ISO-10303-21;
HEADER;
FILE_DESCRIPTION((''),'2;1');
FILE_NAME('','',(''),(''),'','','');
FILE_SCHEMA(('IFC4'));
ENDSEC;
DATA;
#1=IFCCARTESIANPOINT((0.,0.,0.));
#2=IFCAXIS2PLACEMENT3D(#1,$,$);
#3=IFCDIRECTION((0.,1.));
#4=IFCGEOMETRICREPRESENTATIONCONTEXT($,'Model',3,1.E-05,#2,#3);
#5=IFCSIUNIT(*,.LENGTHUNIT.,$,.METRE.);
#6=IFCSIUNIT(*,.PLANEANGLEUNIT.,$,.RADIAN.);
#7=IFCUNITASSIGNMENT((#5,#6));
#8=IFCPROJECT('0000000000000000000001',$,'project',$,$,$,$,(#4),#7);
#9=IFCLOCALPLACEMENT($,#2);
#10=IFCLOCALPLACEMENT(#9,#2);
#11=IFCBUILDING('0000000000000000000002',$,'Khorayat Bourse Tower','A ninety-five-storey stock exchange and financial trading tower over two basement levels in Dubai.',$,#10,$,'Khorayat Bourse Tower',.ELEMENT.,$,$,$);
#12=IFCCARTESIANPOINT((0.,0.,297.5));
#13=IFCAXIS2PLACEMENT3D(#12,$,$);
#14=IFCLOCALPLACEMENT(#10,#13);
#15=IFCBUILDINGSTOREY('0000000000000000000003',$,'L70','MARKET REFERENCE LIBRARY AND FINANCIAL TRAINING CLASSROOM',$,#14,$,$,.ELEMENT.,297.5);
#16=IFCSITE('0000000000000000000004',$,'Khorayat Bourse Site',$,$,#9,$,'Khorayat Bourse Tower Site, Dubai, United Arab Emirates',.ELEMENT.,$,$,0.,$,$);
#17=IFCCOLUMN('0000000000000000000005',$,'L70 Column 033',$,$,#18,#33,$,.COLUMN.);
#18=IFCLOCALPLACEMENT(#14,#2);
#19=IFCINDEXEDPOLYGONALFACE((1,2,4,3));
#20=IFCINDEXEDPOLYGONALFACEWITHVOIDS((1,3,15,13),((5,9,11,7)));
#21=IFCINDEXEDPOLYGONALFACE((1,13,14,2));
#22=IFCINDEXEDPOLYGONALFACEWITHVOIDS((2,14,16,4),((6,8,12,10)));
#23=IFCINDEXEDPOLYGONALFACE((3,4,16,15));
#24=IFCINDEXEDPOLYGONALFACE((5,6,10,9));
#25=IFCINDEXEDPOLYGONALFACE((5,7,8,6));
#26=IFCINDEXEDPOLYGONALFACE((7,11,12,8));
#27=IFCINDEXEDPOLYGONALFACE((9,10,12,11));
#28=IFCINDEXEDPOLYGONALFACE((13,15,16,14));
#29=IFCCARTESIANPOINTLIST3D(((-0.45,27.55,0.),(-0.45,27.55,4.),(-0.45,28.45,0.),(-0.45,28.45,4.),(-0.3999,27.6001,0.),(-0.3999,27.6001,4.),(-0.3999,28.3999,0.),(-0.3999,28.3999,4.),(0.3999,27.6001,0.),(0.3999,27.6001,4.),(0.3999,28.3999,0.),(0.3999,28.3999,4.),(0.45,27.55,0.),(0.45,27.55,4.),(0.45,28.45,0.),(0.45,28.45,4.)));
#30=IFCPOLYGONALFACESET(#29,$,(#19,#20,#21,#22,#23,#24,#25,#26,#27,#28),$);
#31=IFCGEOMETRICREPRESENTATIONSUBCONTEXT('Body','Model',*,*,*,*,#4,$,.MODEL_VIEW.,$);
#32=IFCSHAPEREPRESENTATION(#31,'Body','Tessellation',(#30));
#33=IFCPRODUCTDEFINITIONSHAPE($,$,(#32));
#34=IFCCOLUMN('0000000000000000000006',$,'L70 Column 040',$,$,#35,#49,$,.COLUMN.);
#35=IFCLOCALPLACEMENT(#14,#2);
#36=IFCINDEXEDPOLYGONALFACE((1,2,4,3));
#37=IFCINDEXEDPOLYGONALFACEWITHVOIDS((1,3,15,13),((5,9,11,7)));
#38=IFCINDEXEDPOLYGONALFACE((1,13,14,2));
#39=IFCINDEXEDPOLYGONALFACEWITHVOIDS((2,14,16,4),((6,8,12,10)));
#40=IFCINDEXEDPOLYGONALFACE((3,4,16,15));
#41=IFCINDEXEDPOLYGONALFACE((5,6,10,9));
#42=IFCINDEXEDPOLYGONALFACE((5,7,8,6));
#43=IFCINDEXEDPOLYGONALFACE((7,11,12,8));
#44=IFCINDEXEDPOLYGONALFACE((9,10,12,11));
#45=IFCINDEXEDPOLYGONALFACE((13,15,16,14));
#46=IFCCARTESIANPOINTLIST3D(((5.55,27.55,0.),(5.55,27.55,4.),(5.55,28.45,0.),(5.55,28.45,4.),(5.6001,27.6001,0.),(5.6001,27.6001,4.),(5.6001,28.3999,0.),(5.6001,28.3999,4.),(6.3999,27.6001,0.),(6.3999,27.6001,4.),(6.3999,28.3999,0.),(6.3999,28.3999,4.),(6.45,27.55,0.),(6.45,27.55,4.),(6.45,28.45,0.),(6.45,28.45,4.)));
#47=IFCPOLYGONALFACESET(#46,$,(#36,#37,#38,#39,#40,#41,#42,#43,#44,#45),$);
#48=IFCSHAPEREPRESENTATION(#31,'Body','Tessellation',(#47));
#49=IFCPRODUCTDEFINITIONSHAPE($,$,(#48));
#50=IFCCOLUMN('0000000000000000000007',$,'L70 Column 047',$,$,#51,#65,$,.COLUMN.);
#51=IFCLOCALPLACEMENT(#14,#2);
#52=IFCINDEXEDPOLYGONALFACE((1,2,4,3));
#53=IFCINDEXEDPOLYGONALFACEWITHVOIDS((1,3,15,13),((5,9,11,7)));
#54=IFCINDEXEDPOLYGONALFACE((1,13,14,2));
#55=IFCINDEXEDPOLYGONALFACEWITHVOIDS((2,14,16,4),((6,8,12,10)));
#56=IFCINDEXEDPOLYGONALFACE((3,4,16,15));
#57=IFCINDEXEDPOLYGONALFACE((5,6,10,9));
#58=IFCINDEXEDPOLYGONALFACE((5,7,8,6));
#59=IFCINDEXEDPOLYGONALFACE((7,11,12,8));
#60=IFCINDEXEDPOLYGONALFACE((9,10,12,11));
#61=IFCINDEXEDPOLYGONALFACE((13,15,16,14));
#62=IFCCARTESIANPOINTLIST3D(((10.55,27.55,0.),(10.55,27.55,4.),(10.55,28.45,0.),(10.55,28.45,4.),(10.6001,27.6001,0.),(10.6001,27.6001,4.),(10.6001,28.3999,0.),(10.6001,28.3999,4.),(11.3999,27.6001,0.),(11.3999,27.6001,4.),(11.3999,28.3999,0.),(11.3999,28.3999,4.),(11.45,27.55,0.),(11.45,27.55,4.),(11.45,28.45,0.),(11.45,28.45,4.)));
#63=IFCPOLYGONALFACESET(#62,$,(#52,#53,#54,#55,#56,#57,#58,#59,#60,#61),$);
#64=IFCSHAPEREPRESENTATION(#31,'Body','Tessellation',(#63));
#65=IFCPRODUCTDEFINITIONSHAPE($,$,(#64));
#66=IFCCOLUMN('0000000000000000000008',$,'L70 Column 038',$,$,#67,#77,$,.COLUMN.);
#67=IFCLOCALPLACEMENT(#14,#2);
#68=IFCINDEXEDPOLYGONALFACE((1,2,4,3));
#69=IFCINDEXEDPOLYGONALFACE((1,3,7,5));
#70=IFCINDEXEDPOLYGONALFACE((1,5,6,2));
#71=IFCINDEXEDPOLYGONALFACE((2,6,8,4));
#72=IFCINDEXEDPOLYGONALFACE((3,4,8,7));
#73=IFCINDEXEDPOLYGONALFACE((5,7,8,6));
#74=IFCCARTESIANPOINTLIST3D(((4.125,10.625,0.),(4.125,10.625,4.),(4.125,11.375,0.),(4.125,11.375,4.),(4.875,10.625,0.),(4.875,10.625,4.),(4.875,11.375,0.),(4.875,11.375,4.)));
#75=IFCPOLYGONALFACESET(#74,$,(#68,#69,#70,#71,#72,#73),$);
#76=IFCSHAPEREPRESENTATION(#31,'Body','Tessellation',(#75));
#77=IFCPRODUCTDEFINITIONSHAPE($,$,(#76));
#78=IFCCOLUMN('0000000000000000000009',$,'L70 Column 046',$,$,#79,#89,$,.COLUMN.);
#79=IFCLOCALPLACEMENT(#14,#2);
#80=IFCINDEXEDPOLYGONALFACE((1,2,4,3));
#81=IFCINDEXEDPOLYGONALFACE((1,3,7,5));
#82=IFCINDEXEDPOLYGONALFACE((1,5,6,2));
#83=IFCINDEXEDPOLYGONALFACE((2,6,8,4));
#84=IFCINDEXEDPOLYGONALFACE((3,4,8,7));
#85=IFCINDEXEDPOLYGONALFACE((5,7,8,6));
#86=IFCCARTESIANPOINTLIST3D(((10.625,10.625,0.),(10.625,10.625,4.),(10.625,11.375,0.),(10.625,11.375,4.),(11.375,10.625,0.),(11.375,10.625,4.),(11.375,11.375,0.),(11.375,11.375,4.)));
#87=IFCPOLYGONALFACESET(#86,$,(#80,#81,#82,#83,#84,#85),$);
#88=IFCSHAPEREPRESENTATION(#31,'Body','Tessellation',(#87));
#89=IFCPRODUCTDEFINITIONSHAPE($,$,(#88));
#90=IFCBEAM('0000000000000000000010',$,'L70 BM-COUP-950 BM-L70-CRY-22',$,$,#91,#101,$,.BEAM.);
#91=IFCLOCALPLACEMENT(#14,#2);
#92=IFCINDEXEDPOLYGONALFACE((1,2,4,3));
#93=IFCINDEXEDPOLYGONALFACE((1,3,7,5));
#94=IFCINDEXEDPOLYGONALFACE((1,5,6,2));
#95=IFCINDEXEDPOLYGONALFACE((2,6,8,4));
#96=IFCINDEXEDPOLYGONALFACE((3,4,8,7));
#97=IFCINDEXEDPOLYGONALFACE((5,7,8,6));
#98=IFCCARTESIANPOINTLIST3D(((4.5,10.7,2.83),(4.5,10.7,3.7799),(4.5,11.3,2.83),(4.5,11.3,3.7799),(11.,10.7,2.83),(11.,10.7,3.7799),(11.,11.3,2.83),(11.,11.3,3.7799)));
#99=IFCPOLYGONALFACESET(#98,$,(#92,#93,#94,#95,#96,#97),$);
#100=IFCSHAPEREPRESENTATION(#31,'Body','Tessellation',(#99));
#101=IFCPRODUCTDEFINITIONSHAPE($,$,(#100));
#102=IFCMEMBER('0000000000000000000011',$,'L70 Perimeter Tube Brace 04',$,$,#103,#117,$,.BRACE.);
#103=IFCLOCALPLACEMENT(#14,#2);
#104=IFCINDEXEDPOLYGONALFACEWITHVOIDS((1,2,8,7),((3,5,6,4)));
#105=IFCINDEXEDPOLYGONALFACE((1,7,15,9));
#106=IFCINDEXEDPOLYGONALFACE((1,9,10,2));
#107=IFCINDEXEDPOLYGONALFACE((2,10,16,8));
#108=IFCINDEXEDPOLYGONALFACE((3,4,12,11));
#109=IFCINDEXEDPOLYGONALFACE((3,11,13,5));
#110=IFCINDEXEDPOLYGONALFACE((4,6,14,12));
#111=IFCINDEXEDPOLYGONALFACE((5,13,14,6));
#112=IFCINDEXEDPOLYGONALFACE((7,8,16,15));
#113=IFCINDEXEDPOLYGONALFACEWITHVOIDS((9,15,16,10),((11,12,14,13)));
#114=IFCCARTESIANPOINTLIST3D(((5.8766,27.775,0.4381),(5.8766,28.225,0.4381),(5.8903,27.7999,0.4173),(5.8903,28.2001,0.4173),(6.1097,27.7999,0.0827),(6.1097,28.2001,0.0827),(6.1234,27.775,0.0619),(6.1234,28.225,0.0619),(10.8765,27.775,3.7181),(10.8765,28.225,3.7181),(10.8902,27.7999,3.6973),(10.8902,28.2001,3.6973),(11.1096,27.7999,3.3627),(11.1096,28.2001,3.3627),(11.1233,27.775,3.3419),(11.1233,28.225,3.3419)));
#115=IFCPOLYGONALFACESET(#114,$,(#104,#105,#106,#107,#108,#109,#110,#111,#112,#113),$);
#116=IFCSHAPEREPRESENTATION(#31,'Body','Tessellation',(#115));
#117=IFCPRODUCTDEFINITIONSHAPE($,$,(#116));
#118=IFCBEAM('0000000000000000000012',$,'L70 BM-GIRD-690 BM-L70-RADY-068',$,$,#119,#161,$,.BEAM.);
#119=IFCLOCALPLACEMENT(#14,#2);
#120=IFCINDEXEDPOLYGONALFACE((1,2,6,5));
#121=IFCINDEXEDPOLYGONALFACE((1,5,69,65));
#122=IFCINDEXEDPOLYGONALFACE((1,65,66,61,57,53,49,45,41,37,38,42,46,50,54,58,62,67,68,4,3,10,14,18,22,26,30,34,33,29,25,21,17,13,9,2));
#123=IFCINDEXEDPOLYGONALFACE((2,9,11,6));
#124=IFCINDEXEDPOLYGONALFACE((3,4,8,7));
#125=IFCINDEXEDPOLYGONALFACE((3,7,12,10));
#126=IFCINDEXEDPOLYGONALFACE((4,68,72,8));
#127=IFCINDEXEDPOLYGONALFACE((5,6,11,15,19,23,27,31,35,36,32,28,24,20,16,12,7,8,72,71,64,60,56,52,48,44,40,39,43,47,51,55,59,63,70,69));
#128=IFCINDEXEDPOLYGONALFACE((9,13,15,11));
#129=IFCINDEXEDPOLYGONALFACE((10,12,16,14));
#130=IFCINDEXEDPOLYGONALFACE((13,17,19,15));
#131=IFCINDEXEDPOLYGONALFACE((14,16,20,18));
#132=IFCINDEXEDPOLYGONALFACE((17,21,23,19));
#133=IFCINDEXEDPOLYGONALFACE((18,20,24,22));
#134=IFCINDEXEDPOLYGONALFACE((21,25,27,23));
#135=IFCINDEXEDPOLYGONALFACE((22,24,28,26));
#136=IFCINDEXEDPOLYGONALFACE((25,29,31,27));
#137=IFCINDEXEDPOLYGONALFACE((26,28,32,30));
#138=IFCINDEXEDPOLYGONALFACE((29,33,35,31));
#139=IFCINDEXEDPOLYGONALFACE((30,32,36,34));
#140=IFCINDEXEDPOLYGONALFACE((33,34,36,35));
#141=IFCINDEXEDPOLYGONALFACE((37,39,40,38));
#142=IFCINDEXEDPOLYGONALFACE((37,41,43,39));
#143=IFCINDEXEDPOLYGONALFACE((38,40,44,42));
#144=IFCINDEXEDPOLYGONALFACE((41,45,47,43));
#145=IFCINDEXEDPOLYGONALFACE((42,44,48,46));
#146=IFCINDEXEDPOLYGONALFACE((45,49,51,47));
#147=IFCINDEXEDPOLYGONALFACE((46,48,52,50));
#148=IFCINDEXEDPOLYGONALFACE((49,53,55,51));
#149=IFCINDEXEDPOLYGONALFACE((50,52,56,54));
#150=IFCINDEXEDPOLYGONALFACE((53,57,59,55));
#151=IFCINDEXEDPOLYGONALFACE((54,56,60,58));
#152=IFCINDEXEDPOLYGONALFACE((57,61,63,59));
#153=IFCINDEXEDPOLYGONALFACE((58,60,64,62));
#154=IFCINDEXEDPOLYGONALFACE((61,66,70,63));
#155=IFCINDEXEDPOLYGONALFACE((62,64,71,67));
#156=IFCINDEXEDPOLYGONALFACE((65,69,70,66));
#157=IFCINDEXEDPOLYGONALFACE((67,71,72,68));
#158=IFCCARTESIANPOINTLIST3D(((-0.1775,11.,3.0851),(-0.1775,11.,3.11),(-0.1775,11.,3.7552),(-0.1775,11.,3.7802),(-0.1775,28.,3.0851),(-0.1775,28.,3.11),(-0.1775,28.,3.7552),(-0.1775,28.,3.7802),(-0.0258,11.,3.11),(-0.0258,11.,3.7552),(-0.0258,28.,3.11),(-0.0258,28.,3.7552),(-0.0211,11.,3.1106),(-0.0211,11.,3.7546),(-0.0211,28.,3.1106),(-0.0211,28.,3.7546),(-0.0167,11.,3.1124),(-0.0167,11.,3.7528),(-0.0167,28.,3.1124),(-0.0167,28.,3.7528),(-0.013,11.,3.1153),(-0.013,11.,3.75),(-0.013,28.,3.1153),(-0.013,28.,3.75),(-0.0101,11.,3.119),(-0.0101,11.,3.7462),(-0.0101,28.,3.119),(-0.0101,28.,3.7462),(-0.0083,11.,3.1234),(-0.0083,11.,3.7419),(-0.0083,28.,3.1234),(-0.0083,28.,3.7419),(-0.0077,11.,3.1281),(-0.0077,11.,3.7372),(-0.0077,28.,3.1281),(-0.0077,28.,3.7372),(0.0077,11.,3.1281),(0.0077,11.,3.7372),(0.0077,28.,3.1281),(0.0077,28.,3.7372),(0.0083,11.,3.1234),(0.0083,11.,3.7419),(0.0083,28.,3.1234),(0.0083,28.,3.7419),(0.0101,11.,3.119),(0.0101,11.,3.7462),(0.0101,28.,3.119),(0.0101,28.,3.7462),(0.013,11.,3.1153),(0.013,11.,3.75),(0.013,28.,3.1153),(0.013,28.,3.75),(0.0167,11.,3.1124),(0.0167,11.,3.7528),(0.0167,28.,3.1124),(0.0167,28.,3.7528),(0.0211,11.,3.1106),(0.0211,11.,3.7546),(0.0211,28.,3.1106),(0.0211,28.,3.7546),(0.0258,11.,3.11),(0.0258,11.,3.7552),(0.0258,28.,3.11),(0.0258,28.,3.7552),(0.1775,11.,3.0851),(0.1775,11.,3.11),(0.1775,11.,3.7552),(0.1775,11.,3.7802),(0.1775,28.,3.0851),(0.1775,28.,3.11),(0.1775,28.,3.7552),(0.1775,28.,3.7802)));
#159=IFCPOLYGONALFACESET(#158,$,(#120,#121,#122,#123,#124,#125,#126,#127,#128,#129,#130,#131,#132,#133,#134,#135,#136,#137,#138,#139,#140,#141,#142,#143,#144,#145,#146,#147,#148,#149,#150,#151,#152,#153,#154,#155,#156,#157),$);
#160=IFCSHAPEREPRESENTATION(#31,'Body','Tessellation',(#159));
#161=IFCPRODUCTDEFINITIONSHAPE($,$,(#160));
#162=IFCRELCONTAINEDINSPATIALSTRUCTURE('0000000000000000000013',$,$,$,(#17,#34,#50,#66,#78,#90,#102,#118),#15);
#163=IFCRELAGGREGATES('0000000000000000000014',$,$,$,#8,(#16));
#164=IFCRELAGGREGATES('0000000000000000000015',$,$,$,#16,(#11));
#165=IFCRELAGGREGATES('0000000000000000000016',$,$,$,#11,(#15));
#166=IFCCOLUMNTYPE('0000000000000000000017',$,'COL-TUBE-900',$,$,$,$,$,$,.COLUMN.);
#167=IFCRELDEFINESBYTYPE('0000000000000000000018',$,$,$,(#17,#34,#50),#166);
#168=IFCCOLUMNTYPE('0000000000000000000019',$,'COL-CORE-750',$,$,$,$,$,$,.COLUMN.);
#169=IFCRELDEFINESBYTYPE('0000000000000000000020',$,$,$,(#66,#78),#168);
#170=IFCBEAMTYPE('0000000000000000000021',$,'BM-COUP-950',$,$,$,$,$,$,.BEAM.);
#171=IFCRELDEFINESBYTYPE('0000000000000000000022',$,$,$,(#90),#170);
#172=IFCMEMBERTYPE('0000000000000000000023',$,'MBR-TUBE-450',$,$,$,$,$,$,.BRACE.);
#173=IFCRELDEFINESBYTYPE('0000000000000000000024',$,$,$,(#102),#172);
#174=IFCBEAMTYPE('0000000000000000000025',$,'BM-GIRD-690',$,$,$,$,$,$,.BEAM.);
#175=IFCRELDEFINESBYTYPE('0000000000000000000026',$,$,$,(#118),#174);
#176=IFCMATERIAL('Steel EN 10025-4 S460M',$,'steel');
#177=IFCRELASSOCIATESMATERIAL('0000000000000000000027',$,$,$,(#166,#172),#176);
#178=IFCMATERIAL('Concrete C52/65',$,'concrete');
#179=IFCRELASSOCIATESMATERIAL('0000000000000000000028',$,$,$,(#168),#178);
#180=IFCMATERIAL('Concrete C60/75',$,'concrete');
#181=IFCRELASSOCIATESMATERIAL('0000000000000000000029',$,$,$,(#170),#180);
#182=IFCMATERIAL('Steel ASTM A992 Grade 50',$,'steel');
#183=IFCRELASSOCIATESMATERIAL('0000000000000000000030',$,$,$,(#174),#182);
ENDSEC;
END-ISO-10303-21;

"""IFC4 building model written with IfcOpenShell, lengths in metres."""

from ifc_helpers import new_model, si_unit, direction, frame, origin, origin_2d, place, context, subcontext, project, spatial, rectangle, hollow_rectangle, i_section, extrude, source, transform, mapped, material, material_profile, profile_set, type_object, element, save


model = new_model("IFC4")

# Units and contexts
model_context = context("Model", 3, precision=1e-05, world=origin(), true_north=direction((0.0, 1.0)))
body_context = subcontext(model_context, "Body", "Model", "MODEL_VIEW")
ifc_project = project(units=[si_unit("LENGTHUNIT", "METRE"), si_unit("PLANEANGLEUNIT", "RADIAN")], contexts=[model_context])

# Site, building, storey
site_placement = place(None, origin())
site = spatial("IfcSite", under=ifc_project, at=site_placement, Name="Khorayat Bourse Site", LongName="Khorayat Bourse Tower Site, Dubai, United Arab Emirates", CompositionType="ELEMENT", RefElevation=0.0)
building_placement = place(site_placement, origin())
building = spatial("IfcBuilding", under=site, at=building_placement, Name="Khorayat Bourse Tower", Description="A ninety-five-storey stock exchange and financial trading tower over two basement levels in Dubai.", LongName="Khorayat Bourse Tower", CompositionType="ELEMENT")
storey_placement = place(building_placement, frame((0.0, 0.0, 297.5)))
storey = spatial("IfcBuildingStorey", under=building, at=storey_placement, Name="L70", Description="MARKET REFERENCE LIBRARY AND FINANCIAL TRAINING CLASSROOM", CompositionType="ELEMENT", Elevation=297.5)

# Columns
ifc_material_1 = material(Name="Steel EN 10025-4 S460M", Category="steel")
ifc_material_profile_1 = material_profile(ifc_material_1, hollow_rectangle(XDim=0.8999, YDim=0.8999, WallThickness=0.05, at=origin_2d()), Name="BOX 900x900x50")
ifc_profile_set_1 = profile_set([ifc_material_profile_1], Name="Steel EN 10025-4 S460M")
column_type_1 = type_object("IfcColumnType", Name="COL-TUBE-900", PredefinedType="COLUMN", material=ifc_profile_set_1)
shared_shape_1 = source(origin(), body_context, "Body", "SweptSolid", [
    extrude(hollow_rectangle(XDim=0.8999, YDim=0.8999, WallThickness=0.05, at=origin_2d()), origin(), (0.0, 0.0, 1.0), 4.0),
])
for number, where, z_axis, x_axis, name in (
    (1, (0.0, 28.0, 0.0), (0.0, 0.0, 1.0), (1.0, 0.0, 0.0), "L70 Column 033"),
    (2, (6.0, 28.0, 0.0), (0.0, 0.0, 1.0), (1.0, 0.0, 0.0), "L70 Column 040"),
    (3, (11.0, 28.0, 0.0), (0.0, 0.0, 1.0), (1.0, 0.0, 0.0), "L70 Column 047"),
):
    element("IfcColumn", number, at=place(storey_placement, frame(where, z_axis=z_axis, x_axis=x_axis)), inside=storey, type_object=column_type_1, Name=name, PredefinedType="COLUMN", context=body_context, shape_type="MappedRepresentation", body=[
        mapped(shared_shape_1, transform((0.0, 0.0, 0.0), scale=1.0)),
    ])
ifc_material_2 = material(Name="Concrete C52/65", Category="concrete")
ifc_material_profile_2 = material_profile(ifc_material_2, rectangle(XDim=0.75, YDim=0.75, at=origin_2d()), Name="RC 750x750")
ifc_profile_set_2 = profile_set([ifc_material_profile_2], Name="Concrete C52/65")
column_type_2 = type_object("IfcColumnType", Name="COL-CORE-750", PredefinedType="COLUMN", material=ifc_profile_set_2)
shared_shape_2 = source(origin(), body_context, "Body", "SweptSolid", [
    extrude(rectangle(XDim=0.75, YDim=0.75, at=origin_2d()), origin(), (0.0, 0.0, 1.0), 4.0),
])
for number, where, z_axis, x_axis, name in (
    (4, (4.5, 11.0, 0.0), (0.0, 0.0, 1.0), (1.0, 0.0, 0.0), "L70 Column 038"),
    (5, (11.0, 11.0, 0.0), (0.0, 0.0, 1.0), (1.0, 0.0, 0.0), "L70 Column 046"),
):
    element("IfcColumn", number, at=place(storey_placement, frame(where, z_axis=z_axis, x_axis=x_axis)), inside=storey, type_object=column_type_2, Name=name, PredefinedType="COLUMN", context=body_context, shape_type="MappedRepresentation", body=[
        mapped(shared_shape_2, transform((0.0, 0.0, 0.0), scale=1.0)),
    ])

# Beam
ifc_material_3 = material(Name="Concrete C60/75", Category="concrete")
ifc_material_profile_3 = material_profile(ifc_material_3, rectangle(XDim=0.6001, YDim=0.95, at=origin_2d()), Name="RC 600x950")
ifc_profile_set_3 = profile_set([ifc_material_profile_3], Name="Concrete C60/75")
beam_type_1 = type_object("IfcBeamType", Name="BM-COUP-950", PredefinedType="BEAM", material=ifc_profile_set_3)
shared_shape_3 = source(origin(), body_context, "Body", "SweptSolid", [
    extrude(rectangle(XDim=0.6001, YDim=0.95, at=origin_2d()), origin(), (0.0, 0.0, 1.0), 6.5),
])
beam_1_placement = place(storey_placement, frame((4.5, 11.0, 3.3049), z_axis=(1.0, 0.0, 0.0), x_axis=(0.0, 1.0, 0.0)))
element("IfcBeam", 6, at=beam_1_placement, inside=storey, type_object=beam_type_1, Name="L70 BM-COUP-950 BM-L70-CRY-22", PredefinedType="BEAM", context=body_context, shape_type="MappedRepresentation", body=[
    mapped(shared_shape_3, transform((0.0, 0.0, 0.0), scale=1.0)),
])

# Member
ifc_material_profile_4 = material_profile(ifc_material_1, hollow_rectangle(XDim=0.45, YDim=0.45, WallThickness=0.0249, at=origin_2d()), Name="HSS 450x450x25")
ifc_profile_set_4 = profile_set([ifc_material_profile_4], Name="Steel EN 10025-4 S460M")
member_type_1 = type_object("IfcMemberType", Name="MBR-TUBE-450", PredefinedType="BRACE", material=ifc_profile_set_4)
shared_shape_4 = source(origin(), body_context, "Body", "SweptSolid", [
    extrude(hollow_rectangle(XDim=0.45, YDim=0.45, WallThickness=0.0249, at=origin_2d()), origin(), (0.0, 0.0, 1.0), 5.9797),
])
member_1_placement = place(storey_placement, frame((6.0, 28.0, 0.25), z_axis=(0.836142, 0.0, 0.548514), x_axis=(0.0, 1.0, 0.0)))
element("IfcMember", 7, at=member_1_placement, inside=storey, type_object=member_type_1, Name="L70 Perimeter Tube Brace 04", PredefinedType="BRACE", context=body_context, shape_type="MappedRepresentation", body=[
    mapped(shared_shape_4, transform((0.0, 0.0, 0.0), scale=1.0)),
])

# Beam
ifc_material_4 = material(Name="Steel ASTM A992 Grade 50", Category="steel")
ifc_material_profile_5 = material_profile(ifc_material_4, i_section(OverallWidth=0.355, OverallDepth=0.6951, WebThickness=0.0154, FlangeThickness=0.0249, FilletRadius=0.0181, at=origin_2d()), Name="W690X217")
ifc_profile_set_5 = profile_set([ifc_material_profile_5], Name="Steel ASTM A992 Grade 50")
beam_type_2 = type_object("IfcBeamType", Name="BM-GIRD-690", PredefinedType="BEAM", material=ifc_profile_set_5)
shared_shape_5 = source(origin(), body_context, "Body", "SweptSolid", [
    extrude(i_section(OverallWidth=0.355, OverallDepth=0.6951, WebThickness=0.0154, FlangeThickness=0.0249, FilletRadius=0.0181, at=origin_2d()), origin(), (0.0, 0.0, 1.0), 17.0),
])
for number, where, z_axis, x_axis, name in (
    (8, (0.0, 11.0, 3.4326), (0.0, 1.0, 0.0), (-1.0, 0.0, 0.0), "L70 BM-GIRD-690 BM-L70-RADY-068"),
):
    element("IfcBeam", number, at=place(storey_placement, frame(where, z_axis=z_axis, x_axis=x_axis)), inside=storey, type_object=beam_type_2, Name=name, PredefinedType="BEAM", context=body_context, shape_type="MappedRepresentation", body=[
        mapped(shared_shape_5, transform((0.0, 0.0, 0.0), scale=1.0)),
    ])

save(model, "model.ifc")
